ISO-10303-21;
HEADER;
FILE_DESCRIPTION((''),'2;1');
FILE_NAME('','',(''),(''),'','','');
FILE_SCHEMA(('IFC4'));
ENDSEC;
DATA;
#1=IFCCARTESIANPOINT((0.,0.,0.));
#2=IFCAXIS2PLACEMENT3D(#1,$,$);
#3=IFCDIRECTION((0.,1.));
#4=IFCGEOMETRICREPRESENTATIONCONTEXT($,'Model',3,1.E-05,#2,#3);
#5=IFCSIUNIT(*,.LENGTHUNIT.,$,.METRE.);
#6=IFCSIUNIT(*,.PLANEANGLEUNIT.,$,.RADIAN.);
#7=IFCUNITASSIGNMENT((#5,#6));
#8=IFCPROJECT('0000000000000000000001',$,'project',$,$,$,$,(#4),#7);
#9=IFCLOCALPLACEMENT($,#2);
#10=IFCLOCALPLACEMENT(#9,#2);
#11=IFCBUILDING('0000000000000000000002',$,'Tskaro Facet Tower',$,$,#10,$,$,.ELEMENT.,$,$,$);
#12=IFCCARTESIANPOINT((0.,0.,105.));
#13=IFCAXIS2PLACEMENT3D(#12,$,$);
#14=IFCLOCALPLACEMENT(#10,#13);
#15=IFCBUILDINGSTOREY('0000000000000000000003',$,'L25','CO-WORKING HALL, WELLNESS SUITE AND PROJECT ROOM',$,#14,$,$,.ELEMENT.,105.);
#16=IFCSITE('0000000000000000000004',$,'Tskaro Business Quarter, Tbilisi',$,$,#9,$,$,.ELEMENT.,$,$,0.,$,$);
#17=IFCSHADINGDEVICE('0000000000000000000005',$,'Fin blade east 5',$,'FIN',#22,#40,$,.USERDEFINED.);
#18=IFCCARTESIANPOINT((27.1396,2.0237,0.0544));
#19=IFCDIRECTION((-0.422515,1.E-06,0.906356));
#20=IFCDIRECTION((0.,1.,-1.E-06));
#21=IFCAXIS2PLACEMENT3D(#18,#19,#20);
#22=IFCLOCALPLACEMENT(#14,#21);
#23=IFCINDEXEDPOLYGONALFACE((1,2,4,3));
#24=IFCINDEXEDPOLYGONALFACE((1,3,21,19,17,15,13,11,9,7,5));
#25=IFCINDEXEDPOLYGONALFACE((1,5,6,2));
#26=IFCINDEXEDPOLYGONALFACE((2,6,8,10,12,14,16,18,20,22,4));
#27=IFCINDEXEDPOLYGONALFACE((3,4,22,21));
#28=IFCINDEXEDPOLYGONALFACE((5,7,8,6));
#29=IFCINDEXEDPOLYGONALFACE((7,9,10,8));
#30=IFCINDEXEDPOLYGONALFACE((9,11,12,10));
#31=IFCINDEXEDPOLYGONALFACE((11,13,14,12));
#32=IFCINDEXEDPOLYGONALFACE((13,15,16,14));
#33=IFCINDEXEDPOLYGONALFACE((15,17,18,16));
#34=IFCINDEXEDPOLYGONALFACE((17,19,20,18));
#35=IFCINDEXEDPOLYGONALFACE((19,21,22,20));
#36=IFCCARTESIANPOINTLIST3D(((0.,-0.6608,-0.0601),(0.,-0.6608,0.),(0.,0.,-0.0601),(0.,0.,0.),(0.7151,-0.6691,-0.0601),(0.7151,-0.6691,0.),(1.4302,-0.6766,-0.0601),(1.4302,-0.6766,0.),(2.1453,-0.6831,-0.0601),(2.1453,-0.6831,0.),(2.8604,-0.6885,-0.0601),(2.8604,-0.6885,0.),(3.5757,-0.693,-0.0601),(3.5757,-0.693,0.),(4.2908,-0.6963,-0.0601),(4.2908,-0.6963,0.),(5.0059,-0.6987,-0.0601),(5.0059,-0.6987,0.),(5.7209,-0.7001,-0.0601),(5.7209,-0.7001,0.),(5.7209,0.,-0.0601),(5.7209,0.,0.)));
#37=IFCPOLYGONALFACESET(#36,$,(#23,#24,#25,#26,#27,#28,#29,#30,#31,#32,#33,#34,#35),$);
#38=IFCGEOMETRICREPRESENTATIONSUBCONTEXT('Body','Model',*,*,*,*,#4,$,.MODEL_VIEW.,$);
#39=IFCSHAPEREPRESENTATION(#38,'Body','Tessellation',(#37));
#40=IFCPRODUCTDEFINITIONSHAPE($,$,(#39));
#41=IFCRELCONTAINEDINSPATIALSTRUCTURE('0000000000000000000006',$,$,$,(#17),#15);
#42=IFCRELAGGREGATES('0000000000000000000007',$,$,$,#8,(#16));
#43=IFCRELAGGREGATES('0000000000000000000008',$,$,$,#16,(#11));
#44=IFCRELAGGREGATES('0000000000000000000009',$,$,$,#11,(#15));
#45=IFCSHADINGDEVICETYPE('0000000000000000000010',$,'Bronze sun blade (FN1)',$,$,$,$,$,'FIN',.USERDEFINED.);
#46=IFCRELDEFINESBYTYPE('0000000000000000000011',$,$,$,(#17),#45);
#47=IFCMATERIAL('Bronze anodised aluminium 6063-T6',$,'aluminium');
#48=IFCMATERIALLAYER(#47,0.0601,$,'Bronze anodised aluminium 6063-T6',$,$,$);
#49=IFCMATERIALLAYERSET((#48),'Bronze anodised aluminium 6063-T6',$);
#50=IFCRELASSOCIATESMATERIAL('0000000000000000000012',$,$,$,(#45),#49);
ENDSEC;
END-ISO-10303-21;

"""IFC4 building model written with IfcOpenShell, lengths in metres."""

from ifc_helpers import new_model, si_unit, direction, frame, origin, place, context, subcontext, project, spatial, polyline, outline, extrude, material, layer, layer_set, type_object, element, save


model = new_model("IFC4")

# Units and contexts
model_context = context("Model", 3, precision=1e-05, world=origin(), true_north=direction((0.0, 1.0)))
body_context = subcontext(model_context, "Body", "Model", "MODEL_VIEW")
ifc_project = project(units=[si_unit("LENGTHUNIT", "METRE"), si_unit("PLANEANGLEUNIT", "RADIAN")], contexts=[model_context])

# Site, building, storey
site_placement = place(None, origin())
site = spatial("IfcSite", under=ifc_project, at=site_placement, Name="Tskaro Business Quarter, Tbilisi", CompositionType="ELEMENT", RefElevation=0.0)
building_placement = place(site_placement, origin())
building = spatial("IfcBuilding", under=site, at=building_placement, Name="Tskaro Facet Tower", CompositionType="ELEMENT")
storey_placement = place(building_placement, frame((0.0, 0.0, 105.0)))
storey = spatial("IfcBuildingStorey", under=building, at=storey_placement, Name="L25", Description="CO-WORKING HALL, WELLNESS SUITE AND PROJECT ROOM", CompositionType="ELEMENT", Elevation=105.0)

# Shared definitions
ifc_material_1 = material(Name="Bronze anodised aluminium 6063-T6", Category="aluminium")

# Shading device
ifc_layer_1 = layer(ifc_material_1, 0.0601, Name="Bronze anodised aluminium 6063-T6")
ifc_layer_set_1 = layer_set([ifc_layer_1], Name="Bronze anodised aluminium 6063-T6")
shading_device_type = type_object("IfcShadingDeviceType", Name="Bronze sun blade (FN1)", ElementType="FIN", PredefinedType="USERDEFINED", material=ifc_layer_set_1)
shading_device_1_placement = place(storey_placement, frame((27.1396, 2.0237, 0.0544), z_axis=(-0.422515, 0.000001, 0.906356), x_axis=(0.0, 1.0, -0.000001)))
element("IfcShadingDevice", 1, at=shading_device_1_placement, inside=storey, type_object=shading_device_type, Name="Fin blade east 5", ObjectType="FIN", PredefinedType="USERDEFINED", context=body_context, shape_type="SweptSolid", body=[
    extrude(outline(polyline([(0.0, 0.0), (5.7209, 0.0), (5.7209, -0.7001), (5.0059, -0.6987), (4.2908, -0.6963), (3.5757, -0.693), (2.8604, -0.6885), (2.1453, -0.6831), (1.4302, -0.6766), (0.7151, -0.6691), (0.0, -0.6608), (0.0, 0.0)])), origin(), (0.0, 0.0, -1.0), 0.0601),
])

save(model, "model.ifc")
